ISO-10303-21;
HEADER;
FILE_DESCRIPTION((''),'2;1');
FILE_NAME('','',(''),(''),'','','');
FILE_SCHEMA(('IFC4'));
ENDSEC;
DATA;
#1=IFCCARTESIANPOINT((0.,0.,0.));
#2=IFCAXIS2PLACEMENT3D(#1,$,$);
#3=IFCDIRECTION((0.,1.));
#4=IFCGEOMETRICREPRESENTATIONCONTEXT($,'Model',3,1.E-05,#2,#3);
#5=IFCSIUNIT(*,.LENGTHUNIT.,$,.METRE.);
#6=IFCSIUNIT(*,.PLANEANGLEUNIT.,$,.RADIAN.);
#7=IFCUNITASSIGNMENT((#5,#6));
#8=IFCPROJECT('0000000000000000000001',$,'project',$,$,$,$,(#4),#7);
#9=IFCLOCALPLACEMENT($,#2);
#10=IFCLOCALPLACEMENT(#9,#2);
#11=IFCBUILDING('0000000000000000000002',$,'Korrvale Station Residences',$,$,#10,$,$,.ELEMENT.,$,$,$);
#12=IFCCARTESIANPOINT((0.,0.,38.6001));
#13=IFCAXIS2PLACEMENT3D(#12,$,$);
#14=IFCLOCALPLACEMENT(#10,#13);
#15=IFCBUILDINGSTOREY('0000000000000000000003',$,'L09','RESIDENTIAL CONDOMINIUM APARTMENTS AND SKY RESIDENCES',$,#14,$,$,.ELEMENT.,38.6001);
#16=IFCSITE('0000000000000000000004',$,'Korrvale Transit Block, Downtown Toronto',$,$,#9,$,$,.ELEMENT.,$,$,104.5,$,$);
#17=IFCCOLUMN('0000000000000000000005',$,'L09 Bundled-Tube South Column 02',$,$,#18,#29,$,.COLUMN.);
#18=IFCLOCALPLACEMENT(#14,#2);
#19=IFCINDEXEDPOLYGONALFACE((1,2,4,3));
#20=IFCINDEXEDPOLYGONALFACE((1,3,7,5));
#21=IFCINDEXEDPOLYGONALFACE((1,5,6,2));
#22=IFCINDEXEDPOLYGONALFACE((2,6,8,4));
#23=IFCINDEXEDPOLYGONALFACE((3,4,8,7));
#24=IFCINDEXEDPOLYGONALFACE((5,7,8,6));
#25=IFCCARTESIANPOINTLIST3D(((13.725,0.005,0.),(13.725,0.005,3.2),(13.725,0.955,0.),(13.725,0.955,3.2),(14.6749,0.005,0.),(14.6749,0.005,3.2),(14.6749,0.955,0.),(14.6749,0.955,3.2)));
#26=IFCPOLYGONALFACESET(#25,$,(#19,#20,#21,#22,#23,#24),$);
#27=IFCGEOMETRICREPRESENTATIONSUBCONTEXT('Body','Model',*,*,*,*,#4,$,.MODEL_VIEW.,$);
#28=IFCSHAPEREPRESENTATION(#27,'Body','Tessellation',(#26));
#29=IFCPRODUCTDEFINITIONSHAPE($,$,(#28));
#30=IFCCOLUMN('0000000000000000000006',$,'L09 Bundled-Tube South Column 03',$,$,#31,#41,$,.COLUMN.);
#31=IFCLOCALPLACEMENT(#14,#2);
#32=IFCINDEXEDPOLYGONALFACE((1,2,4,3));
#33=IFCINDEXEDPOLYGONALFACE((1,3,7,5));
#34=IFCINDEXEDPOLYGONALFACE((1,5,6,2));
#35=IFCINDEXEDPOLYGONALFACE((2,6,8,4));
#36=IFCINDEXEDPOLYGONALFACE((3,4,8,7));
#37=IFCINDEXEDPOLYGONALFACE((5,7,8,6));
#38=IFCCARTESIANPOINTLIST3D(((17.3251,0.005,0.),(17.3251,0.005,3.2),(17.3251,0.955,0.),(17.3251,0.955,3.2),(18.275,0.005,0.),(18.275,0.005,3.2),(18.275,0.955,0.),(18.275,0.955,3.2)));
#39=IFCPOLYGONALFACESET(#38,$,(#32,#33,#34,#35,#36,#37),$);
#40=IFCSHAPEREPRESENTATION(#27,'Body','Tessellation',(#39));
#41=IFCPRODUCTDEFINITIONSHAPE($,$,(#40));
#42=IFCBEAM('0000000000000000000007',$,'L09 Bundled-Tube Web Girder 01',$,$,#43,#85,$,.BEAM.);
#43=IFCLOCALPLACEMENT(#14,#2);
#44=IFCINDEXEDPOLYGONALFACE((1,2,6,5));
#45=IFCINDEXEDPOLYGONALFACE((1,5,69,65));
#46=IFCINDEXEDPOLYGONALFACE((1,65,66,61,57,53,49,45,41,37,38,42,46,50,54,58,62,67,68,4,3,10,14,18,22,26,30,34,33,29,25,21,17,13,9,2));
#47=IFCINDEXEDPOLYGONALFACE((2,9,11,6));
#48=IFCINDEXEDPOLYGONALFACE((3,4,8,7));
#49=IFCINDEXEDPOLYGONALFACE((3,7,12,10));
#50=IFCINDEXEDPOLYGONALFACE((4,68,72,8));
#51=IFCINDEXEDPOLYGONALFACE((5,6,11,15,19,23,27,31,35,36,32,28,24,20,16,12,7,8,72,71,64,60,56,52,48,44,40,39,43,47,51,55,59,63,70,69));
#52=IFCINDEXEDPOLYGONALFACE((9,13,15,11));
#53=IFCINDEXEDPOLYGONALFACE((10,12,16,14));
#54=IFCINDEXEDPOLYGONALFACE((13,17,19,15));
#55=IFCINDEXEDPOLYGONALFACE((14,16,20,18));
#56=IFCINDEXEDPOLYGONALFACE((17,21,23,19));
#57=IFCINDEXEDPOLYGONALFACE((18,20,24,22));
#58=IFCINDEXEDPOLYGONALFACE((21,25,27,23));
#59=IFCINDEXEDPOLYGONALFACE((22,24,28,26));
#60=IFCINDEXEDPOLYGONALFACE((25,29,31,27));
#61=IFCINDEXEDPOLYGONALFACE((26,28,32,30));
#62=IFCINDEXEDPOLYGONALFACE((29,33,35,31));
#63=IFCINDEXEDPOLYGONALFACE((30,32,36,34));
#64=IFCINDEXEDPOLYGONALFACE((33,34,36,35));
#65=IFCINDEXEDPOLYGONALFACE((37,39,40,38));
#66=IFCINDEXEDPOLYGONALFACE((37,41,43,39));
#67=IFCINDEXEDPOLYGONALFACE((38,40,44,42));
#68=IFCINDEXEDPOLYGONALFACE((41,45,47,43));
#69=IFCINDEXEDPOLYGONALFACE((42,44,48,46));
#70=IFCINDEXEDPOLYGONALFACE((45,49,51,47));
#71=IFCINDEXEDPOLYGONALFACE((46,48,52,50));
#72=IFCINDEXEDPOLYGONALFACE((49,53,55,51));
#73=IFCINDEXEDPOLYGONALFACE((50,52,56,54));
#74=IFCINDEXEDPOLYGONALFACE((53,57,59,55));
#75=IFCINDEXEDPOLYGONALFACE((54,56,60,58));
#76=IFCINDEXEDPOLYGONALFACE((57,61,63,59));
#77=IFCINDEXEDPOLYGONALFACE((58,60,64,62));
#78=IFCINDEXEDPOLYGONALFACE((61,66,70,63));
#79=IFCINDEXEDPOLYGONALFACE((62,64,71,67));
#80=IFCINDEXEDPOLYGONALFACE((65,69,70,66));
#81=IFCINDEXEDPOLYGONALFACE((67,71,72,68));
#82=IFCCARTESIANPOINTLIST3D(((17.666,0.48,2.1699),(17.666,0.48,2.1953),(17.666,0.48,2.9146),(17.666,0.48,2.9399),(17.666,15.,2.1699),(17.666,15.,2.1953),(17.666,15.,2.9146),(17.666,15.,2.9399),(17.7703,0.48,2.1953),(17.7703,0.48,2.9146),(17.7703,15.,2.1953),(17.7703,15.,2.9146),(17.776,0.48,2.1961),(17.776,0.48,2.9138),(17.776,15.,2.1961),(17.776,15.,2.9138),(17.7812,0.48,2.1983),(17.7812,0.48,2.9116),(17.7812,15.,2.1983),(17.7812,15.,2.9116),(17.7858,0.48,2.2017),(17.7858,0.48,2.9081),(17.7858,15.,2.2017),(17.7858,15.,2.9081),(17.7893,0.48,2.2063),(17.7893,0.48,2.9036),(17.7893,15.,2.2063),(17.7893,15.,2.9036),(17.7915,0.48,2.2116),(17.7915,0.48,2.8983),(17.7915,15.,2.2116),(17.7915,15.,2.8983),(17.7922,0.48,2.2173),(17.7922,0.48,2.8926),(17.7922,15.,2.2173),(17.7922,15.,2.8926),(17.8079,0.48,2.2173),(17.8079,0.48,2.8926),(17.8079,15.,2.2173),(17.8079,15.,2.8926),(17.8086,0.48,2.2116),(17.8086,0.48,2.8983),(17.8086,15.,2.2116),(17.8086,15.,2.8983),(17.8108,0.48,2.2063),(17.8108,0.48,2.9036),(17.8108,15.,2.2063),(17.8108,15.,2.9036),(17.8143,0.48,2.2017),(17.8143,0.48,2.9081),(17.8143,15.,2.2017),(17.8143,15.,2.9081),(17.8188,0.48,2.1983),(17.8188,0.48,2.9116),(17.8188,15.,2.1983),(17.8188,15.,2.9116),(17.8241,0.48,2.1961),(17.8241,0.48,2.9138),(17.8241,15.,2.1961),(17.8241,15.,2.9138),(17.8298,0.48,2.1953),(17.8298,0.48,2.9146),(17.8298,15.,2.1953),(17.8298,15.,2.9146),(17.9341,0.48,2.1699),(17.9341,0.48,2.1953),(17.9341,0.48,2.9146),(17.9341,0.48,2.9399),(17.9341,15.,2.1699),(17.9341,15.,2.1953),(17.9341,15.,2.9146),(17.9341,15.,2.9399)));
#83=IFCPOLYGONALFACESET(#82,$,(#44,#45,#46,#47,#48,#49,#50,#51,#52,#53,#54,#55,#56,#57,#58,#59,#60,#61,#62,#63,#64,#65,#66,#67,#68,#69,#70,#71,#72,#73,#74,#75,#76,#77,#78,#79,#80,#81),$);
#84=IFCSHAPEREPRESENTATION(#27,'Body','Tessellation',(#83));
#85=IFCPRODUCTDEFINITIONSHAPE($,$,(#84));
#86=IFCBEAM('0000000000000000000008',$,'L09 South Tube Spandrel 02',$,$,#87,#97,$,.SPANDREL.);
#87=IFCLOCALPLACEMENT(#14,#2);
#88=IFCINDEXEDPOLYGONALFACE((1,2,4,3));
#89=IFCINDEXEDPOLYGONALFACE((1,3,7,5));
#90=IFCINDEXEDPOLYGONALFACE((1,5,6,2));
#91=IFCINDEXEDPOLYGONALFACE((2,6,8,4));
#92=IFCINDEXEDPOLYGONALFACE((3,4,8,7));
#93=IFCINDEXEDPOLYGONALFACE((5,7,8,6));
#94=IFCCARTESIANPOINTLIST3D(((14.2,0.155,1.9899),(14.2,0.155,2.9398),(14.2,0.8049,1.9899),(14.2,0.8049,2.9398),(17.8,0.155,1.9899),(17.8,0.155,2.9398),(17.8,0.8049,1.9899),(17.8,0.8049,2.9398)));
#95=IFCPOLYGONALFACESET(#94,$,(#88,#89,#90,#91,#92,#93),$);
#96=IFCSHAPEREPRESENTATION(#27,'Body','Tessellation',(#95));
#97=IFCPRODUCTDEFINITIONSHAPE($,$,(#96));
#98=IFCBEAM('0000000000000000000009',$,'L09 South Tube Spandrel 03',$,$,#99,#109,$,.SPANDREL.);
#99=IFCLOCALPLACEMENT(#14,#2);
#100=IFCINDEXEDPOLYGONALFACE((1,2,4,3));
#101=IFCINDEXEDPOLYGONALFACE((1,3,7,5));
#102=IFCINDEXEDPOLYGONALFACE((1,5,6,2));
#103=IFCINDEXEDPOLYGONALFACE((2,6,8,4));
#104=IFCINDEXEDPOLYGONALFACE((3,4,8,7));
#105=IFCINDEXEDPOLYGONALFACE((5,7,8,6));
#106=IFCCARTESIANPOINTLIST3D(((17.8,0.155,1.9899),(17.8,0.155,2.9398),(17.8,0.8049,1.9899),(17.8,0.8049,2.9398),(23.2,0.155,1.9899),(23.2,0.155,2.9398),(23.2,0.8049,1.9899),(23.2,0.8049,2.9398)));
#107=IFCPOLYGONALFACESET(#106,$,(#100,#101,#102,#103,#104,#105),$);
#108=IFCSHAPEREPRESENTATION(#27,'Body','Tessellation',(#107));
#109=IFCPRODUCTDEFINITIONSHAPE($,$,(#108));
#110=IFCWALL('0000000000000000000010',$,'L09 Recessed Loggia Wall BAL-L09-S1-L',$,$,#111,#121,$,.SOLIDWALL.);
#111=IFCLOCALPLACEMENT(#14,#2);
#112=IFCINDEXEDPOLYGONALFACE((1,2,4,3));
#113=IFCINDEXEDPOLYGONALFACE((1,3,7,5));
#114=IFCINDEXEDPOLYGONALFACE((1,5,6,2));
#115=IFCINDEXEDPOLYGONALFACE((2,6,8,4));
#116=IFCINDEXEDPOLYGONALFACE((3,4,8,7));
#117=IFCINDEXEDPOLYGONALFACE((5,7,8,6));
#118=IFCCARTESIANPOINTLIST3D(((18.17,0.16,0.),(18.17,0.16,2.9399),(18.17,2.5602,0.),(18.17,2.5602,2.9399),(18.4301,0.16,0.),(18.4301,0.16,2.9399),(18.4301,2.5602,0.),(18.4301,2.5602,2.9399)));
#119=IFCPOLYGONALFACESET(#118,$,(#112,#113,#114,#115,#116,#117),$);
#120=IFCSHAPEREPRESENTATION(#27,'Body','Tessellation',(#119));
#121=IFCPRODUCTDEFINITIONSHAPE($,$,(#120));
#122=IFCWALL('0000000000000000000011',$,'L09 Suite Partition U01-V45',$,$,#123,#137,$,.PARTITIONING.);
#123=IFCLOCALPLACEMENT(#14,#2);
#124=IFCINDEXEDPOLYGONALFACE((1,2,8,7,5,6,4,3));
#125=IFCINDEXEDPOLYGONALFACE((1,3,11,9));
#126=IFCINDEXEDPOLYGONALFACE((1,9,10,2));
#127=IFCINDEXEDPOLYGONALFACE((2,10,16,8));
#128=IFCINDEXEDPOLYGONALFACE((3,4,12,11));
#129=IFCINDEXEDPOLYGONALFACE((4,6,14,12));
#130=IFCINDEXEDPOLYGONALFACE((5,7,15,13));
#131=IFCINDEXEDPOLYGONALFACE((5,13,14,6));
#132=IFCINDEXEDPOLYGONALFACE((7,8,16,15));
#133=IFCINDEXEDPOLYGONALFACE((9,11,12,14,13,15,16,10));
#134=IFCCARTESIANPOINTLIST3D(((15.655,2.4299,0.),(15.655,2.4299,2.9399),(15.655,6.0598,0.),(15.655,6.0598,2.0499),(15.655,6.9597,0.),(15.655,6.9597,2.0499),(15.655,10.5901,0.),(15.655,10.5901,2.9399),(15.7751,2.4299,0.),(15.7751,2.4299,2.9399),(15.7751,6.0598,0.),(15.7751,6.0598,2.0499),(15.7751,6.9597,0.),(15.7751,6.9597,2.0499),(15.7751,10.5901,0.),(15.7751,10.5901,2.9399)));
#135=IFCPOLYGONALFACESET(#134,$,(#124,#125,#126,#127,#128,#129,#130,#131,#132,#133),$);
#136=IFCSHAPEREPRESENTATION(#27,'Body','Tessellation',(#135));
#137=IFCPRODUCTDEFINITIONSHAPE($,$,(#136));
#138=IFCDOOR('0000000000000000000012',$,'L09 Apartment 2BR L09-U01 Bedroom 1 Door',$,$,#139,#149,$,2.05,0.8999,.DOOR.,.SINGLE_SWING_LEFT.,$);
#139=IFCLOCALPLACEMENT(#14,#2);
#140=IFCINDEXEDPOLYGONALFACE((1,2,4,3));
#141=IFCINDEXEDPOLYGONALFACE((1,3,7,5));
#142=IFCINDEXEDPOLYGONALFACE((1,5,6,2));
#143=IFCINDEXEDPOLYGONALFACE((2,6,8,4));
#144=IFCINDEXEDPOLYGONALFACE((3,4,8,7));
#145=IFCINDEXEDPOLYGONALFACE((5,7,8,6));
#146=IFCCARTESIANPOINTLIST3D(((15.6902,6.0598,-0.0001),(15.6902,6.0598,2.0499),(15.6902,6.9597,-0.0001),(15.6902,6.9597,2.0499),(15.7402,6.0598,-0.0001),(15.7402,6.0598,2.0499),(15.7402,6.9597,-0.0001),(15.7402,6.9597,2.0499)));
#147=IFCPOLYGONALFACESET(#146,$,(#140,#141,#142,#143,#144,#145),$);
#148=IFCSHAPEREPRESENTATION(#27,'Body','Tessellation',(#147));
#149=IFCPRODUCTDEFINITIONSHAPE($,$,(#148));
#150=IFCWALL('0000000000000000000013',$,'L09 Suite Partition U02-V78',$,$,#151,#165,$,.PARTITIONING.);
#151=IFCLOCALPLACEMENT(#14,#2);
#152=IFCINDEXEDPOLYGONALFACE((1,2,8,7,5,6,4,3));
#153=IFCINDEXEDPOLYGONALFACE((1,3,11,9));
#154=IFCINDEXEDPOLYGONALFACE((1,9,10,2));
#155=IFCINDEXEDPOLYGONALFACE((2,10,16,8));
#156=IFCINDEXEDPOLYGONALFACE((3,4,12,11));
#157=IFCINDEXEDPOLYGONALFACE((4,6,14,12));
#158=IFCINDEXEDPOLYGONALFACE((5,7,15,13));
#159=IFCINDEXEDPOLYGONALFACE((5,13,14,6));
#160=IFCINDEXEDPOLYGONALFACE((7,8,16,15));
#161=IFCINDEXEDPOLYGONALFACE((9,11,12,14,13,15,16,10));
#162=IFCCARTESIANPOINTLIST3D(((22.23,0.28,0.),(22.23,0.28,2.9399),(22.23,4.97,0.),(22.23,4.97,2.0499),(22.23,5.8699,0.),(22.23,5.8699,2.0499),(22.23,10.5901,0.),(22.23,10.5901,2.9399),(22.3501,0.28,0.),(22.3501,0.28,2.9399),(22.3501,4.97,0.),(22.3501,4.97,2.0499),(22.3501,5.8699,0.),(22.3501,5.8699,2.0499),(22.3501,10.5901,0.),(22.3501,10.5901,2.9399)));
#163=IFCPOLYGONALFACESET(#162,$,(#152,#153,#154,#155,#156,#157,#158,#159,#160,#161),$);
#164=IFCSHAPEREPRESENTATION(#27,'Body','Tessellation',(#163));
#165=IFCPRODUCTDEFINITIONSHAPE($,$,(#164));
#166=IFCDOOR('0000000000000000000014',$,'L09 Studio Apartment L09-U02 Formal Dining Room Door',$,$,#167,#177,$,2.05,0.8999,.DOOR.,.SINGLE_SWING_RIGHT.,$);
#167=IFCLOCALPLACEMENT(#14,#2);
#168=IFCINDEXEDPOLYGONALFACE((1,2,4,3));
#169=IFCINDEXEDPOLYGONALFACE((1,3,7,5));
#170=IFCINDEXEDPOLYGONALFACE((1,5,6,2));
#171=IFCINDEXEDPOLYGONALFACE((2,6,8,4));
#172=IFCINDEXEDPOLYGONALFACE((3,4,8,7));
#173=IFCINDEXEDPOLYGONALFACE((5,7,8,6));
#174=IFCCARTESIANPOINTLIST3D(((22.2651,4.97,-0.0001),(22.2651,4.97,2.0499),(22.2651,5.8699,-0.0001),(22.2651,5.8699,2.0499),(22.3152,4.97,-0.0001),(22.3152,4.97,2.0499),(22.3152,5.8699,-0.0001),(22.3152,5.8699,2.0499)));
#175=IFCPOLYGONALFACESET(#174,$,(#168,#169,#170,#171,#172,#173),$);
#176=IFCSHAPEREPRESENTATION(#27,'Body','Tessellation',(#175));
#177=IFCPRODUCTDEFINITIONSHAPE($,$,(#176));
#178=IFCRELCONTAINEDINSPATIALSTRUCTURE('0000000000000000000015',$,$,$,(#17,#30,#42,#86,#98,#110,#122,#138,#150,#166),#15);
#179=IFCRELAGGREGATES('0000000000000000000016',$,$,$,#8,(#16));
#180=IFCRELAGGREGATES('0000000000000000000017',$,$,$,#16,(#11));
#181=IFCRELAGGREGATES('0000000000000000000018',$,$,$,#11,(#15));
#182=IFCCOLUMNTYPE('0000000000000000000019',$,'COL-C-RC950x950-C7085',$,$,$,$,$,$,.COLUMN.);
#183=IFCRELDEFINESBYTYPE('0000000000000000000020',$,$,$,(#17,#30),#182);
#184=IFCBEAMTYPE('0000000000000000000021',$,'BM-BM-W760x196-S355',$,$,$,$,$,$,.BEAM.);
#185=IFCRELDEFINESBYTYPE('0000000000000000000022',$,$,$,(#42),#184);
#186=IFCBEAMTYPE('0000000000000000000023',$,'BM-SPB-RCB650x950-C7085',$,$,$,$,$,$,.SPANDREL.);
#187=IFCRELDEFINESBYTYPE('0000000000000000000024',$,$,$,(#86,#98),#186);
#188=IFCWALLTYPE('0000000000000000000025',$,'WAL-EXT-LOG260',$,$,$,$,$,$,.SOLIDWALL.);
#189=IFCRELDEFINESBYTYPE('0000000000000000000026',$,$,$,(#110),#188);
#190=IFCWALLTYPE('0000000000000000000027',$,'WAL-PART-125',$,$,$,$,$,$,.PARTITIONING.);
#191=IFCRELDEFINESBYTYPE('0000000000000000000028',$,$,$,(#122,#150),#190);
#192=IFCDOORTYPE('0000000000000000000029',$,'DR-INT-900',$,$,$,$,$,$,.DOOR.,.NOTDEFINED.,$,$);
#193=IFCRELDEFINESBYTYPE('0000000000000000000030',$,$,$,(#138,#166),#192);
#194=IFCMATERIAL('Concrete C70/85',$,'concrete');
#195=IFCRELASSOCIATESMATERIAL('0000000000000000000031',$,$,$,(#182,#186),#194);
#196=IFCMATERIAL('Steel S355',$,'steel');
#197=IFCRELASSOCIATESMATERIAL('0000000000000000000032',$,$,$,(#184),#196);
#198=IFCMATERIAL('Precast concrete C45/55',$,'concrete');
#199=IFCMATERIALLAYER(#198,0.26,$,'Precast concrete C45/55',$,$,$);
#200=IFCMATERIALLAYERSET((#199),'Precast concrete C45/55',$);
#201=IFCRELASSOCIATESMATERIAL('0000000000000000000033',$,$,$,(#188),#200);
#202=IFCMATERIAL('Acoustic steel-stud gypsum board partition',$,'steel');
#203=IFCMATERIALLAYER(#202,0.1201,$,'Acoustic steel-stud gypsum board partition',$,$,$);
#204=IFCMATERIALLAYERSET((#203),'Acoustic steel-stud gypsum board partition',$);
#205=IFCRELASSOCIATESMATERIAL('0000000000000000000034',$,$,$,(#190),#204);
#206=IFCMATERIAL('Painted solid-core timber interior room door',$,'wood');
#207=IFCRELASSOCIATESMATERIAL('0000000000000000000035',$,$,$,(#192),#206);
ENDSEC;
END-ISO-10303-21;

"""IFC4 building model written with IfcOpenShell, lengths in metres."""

from ifc_helpers import new_model, si_unit, direction, frame, frame_2d, origin, origin_2d, place, context, subcontext, project, spatial, rectangle, i_section, extrude, material, layer, layer_set, material_profile, profile_set, type_object, element, fill, save


model = new_model("IFC4")

# Units and contexts
model_context = context("Model", 3, precision=1e-05, world=origin(), true_north=direction((0.0, 1.0)))
body_context = subcontext(model_context, "Body", "Model", "MODEL_VIEW")
ifc_project = project(units=[si_unit("LENGTHUNIT", "METRE"), si_unit("PLANEANGLEUNIT", "RADIAN")], contexts=[model_context])

# Site, building, storey
site_placement = place(None, origin())
site = spatial("IfcSite", under=ifc_project, at=site_placement, Name="Korrvale Transit Block, Downtown Toronto", CompositionType="ELEMENT", RefElevation=104.5)
building_placement = place(site_placement, origin())
building = spatial("IfcBuilding", under=site, at=building_placement, Name="Korrvale Station Residences", CompositionType="ELEMENT")
storey_placement = place(building_placement, frame((0.0, 0.0, 38.6001)))
storey = spatial("IfcBuildingStorey", under=building, at=storey_placement, Name="L09", Description="RESIDENTIAL CONDOMINIUM APARTMENTS AND SKY RESIDENCES", CompositionType="ELEMENT", Elevation=38.6001)

# Columns
ifc_material_1 = material(Name="Concrete C70/85", Category="concrete")
ifc_material_profile_1 = material_profile(ifc_material_1, rectangle(XDim=0.95, YDim=0.95, at=origin_2d()), Name="RC950x950")
ifc_profile_set_1 = profile_set([ifc_material_profile_1], Name="Concrete C70/85")
column_type = type_object("IfcColumnType", Name="COL-C-RC950x950-C7085", PredefinedType="COLUMN", material=ifc_profile_set_1)
for number, where, z_axis, x_axis, name in (
    (1, (14.2, 0.48, 0.0), (0.0, 0.0, 1.0), (1.0, 0.0, 0.0), "L09 Bundled-Tube South Column 02"),
    (2, (17.8, 0.48, 0.0), (0.0, 0.0, 1.0), (1.0, 0.0, 0.0), "L09 Bundled-Tube South Column 03"),
):
    element("IfcColumn", number, at=place(storey_placement, frame(where, z_axis=z_axis, x_axis=x_axis)), inside=storey, type_object=column_type, Name=name, PredefinedType="COLUMN", context=body_context, shape_type="SweptSolid", body=[
        extrude(rectangle(XDim=0.95, YDim=0.95, at=origin_2d()), origin(), (0.0, 0.0, 1.0), 3.2),
    ])

# Beams
ifc_material_2 = material(Name="Steel S355", Category="steel")
ifc_material_profile_2 = material_profile(ifc_material_2, i_section(OverallWidth=0.2681, OverallDepth=0.77, WebThickness=0.0156, FlangeThickness=0.0254, FilletRadius=0.022, at=origin_2d()), Name="W760x196")
ifc_profile_set_2 = profile_set([ifc_material_profile_2], Name="Steel S355")
beam_type_1 = type_object("IfcBeamType", Name="BM-BM-W760x196-S355", PredefinedType="BEAM", material=ifc_profile_set_2)
beam_1_placement = place(storey_placement, frame((17.8, 0.48, 2.5549), z_axis=(0.0, 1.0, 0.0), x_axis=(-1.0, 0.0, 0.0)))
element("IfcBeam", 3, at=beam_1_placement, inside=storey, type_object=beam_type_1, Name="L09 Bundled-Tube Web Girder 01", PredefinedType="BEAM", context=body_context, shape_type="SweptSolid", body=[
    extrude(i_section(OverallWidth=0.2681, OverallDepth=0.77, WebThickness=0.0156, FlangeThickness=0.0254, FilletRadius=0.022, at=origin_2d()), origin(), (0.0, 0.0, 1.0), 14.52),
])
ifc_material_profile_3 = material_profile(ifc_material_1, rectangle(XDim=0.6499, YDim=0.95, at=origin_2d()), Name="RCB650x950")
ifc_profile_set_3 = profile_set([ifc_material_profile_3], Name="Concrete C70/85")
beam_type_2 = type_object("IfcBeamType", Name="BM-SPB-RCB650x950-C7085", PredefinedType="SPANDREL", material=ifc_profile_set_3)
beam_2_placement = place(storey_placement, frame((14.2, 0.48, 2.4648), z_axis=(1.0, 0.0, 0.0), x_axis=(0.0, 1.0, 0.0)))
element("IfcBeam", 4, at=beam_2_placement, inside=storey, type_object=beam_type_2, Name="L09 South Tube Spandrel 02", PredefinedType="SPANDREL", context=body_context, shape_type="SweptSolid", body=[
    extrude(rectangle(XDim=0.6499, YDim=0.95, at=origin_2d()), origin(), (0.0, 0.0, 1.0), 3.6001),
])
beam_3_placement = place(storey_placement, frame((17.8, 0.48, 2.4648), z_axis=(1.0, 0.0, 0.0), x_axis=(0.0, 1.0, 0.0)))
element("IfcBeam", 5, at=beam_3_placement, inside=storey, type_object=beam_type_2, Name="L09 South Tube Spandrel 03", PredefinedType="SPANDREL", context=body_context, shape_type="SweptSolid", body=[
    extrude(rectangle(XDim=0.6499, YDim=0.95, at=origin_2d()), origin(), (0.0, 0.0, 1.0), 5.3999),
])

# Wall
ifc_material_3 = material(Name="Precast concrete C45/55", Category="concrete")
ifc_layer_1 = layer(ifc_material_3, 0.26, Name="Precast concrete C45/55")
ifc_layer_set_1 = layer_set([ifc_layer_1], Name="Precast concrete C45/55")
wall_type_1 = type_object("IfcWallType", Name="WAL-EXT-LOG260", PredefinedType="SOLIDWALL", material=ifc_layer_set_1)
wall_1_placement = place(storey_placement, frame((18.3, 0.1599, 0.0), z_axis=(0.0, 0.0, 1.0), x_axis=(0.0, 1.0, 0.0)))
element("IfcWall", 6, at=wall_1_placement, inside=storey, type_object=wall_type_1, Name="L09 Recessed Loggia Wall BAL-L09-S1-L", PredefinedType="SOLIDWALL", context=body_context, shape_type="SweptSolid", body=[
    extrude(rectangle(XDim=2.4001, YDim=0.26, at=frame_2d((1.2002, 0.0))), origin(), (0.0, 0.0, 1.0), 2.9399),
])

# Walls, openings, doors
ifc_material_4 = material(Name="Acoustic steel-stud gypsum board partition", Category="steel")
ifc_layer_2 = layer(ifc_material_4, 0.1201, Name="Acoustic steel-stud gypsum board partition")
ifc_layer_set_2 = layer_set([ifc_layer_2], Name="Acoustic steel-stud gypsum board partition")
wall_type_2 = type_object("IfcWallType", Name="WAL-PART-125", PredefinedType="PARTITIONING", material=ifc_layer_set_2)
wall_2_placement = place(storey_placement, frame((15.7151, 2.4299, 0.0), z_axis=(0.0, 0.0, 1.0), x_axis=(0.0, 1.0, 0.0)))
wall_2 = element("IfcWall", 7, at=wall_2_placement, inside=storey, type_object=wall_type_2, Name="L09 Suite Partition U01-V45", PredefinedType="PARTITIONING", context=body_context, shape_type="SweptSolid", body=[
    extrude(rectangle(XDim=8.1602, YDim=0.1201, at=frame_2d((4.0801, 0.0))), origin(), (0.0, 0.0, 1.0), 2.9399),
])
opening_1_placement = place(wall_2_placement, frame((3.6299, 0.0, 0.0)))
opening_1 = element("IfcOpeningElement", 8, at=opening_1_placement, cuts=wall_2, PredefinedType="OPENING", context=body_context, shape_type="SweptSolid", body=[
    extrude(rectangle(XDim=0.8999, YDim=2.05, at=frame_2d((0.45, 1.0249))), frame((0.0, 0.0701, 0.0), z_axis=(0.0, -1.0, 0.0), x_axis=(1.0, 0.0, 0.0)), (0.0, 0.0, 1.0), 0.1401),
])
ifc_material_5 = material(Name="Painted solid-core timber interior room door", Category="wood")
door_type = type_object("IfcDoorType", Name="DR-INT-900", OperationType="NOTDEFINED", PredefinedType="DOOR", material=ifc_material_5)
door_1_placement = place(opening_1_placement, origin())
door_1 = element("IfcDoor", 9, at=door_1_placement, inside=storey, type_object=door_type, Name="L09 Apartment 2BR L09-U01 Bedroom 1 Door", OperationType="SINGLE_SWING_LEFT", OverallHeight=2.05, OverallWidth=0.8999, PredefinedType="DOOR", context=body_context, shape_type="SweptSolid", body=[
    extrude(rectangle(XDim=0.8999, YDim=2.05, at=frame_2d((0.45, 1.0249))), frame((0.0, 0.0249, 0.0), z_axis=(0.0, -1.0, 0.0), x_axis=(1.0, 0.0, 0.0)), (0.0, 0.0, 1.0), 0.05),
])
fill(opening_1, door_1)
wall_3_placement = place(storey_placement, frame((22.29, 0.28, 0.0), z_axis=(0.0, 0.0, 1.0), x_axis=(0.0, 1.0, 0.0)))
wall_3 = element("IfcWall", 10, at=wall_3_placement, inside=storey, type_object=wall_type_2, Name="L09 Suite Partition U02-V78", PredefinedType="PARTITIONING", context=body_context, shape_type="SweptSolid", body=[
    extrude(rectangle(XDim=10.3101, YDim=0.1201, at=frame_2d((5.155, 0.0))), origin(), (0.0, 0.0, 1.0), 2.9399),
])
opening_2_placement = place(wall_3_placement, frame((4.6899, 0.0, 0.0)))
opening_2 = element("IfcOpeningElement", 11, at=opening_2_placement, cuts=wall_3, PredefinedType="OPENING", context=body_context, shape_type="SweptSolid", body=[
    extrude(rectangle(XDim=0.8999, YDim=2.05, at=frame_2d((0.45, 1.0249))), frame((0.0, 0.0701, 0.0), z_axis=(0.0, -1.0, 0.0), x_axis=(1.0, 0.0, 0.0)), (0.0, 0.0, 1.0), 0.1401),
])
door_2_placement = place(opening_2_placement, origin())
door_2 = element("IfcDoor", 12, at=door_2_placement, inside=storey, type_object=door_type, Name="L09 Studio Apartment L09-U02 Formal Dining Room Door", OperationType="SINGLE_SWING_RIGHT", OverallHeight=2.05, OverallWidth=0.8999, PredefinedType="DOOR", context=body_context, shape_type="SweptSolid", body=[
    extrude(rectangle(XDim=0.8999, YDim=2.05, at=frame_2d((0.45, 1.0249))), frame((0.0, 0.0249, 0.0), z_axis=(0.0, -1.0, 0.0), x_axis=(1.0, 0.0, 0.0)), (0.0, 0.0, 1.0), 0.05),
])
fill(opening_2, door_2)

save(model, "model.ifc")
